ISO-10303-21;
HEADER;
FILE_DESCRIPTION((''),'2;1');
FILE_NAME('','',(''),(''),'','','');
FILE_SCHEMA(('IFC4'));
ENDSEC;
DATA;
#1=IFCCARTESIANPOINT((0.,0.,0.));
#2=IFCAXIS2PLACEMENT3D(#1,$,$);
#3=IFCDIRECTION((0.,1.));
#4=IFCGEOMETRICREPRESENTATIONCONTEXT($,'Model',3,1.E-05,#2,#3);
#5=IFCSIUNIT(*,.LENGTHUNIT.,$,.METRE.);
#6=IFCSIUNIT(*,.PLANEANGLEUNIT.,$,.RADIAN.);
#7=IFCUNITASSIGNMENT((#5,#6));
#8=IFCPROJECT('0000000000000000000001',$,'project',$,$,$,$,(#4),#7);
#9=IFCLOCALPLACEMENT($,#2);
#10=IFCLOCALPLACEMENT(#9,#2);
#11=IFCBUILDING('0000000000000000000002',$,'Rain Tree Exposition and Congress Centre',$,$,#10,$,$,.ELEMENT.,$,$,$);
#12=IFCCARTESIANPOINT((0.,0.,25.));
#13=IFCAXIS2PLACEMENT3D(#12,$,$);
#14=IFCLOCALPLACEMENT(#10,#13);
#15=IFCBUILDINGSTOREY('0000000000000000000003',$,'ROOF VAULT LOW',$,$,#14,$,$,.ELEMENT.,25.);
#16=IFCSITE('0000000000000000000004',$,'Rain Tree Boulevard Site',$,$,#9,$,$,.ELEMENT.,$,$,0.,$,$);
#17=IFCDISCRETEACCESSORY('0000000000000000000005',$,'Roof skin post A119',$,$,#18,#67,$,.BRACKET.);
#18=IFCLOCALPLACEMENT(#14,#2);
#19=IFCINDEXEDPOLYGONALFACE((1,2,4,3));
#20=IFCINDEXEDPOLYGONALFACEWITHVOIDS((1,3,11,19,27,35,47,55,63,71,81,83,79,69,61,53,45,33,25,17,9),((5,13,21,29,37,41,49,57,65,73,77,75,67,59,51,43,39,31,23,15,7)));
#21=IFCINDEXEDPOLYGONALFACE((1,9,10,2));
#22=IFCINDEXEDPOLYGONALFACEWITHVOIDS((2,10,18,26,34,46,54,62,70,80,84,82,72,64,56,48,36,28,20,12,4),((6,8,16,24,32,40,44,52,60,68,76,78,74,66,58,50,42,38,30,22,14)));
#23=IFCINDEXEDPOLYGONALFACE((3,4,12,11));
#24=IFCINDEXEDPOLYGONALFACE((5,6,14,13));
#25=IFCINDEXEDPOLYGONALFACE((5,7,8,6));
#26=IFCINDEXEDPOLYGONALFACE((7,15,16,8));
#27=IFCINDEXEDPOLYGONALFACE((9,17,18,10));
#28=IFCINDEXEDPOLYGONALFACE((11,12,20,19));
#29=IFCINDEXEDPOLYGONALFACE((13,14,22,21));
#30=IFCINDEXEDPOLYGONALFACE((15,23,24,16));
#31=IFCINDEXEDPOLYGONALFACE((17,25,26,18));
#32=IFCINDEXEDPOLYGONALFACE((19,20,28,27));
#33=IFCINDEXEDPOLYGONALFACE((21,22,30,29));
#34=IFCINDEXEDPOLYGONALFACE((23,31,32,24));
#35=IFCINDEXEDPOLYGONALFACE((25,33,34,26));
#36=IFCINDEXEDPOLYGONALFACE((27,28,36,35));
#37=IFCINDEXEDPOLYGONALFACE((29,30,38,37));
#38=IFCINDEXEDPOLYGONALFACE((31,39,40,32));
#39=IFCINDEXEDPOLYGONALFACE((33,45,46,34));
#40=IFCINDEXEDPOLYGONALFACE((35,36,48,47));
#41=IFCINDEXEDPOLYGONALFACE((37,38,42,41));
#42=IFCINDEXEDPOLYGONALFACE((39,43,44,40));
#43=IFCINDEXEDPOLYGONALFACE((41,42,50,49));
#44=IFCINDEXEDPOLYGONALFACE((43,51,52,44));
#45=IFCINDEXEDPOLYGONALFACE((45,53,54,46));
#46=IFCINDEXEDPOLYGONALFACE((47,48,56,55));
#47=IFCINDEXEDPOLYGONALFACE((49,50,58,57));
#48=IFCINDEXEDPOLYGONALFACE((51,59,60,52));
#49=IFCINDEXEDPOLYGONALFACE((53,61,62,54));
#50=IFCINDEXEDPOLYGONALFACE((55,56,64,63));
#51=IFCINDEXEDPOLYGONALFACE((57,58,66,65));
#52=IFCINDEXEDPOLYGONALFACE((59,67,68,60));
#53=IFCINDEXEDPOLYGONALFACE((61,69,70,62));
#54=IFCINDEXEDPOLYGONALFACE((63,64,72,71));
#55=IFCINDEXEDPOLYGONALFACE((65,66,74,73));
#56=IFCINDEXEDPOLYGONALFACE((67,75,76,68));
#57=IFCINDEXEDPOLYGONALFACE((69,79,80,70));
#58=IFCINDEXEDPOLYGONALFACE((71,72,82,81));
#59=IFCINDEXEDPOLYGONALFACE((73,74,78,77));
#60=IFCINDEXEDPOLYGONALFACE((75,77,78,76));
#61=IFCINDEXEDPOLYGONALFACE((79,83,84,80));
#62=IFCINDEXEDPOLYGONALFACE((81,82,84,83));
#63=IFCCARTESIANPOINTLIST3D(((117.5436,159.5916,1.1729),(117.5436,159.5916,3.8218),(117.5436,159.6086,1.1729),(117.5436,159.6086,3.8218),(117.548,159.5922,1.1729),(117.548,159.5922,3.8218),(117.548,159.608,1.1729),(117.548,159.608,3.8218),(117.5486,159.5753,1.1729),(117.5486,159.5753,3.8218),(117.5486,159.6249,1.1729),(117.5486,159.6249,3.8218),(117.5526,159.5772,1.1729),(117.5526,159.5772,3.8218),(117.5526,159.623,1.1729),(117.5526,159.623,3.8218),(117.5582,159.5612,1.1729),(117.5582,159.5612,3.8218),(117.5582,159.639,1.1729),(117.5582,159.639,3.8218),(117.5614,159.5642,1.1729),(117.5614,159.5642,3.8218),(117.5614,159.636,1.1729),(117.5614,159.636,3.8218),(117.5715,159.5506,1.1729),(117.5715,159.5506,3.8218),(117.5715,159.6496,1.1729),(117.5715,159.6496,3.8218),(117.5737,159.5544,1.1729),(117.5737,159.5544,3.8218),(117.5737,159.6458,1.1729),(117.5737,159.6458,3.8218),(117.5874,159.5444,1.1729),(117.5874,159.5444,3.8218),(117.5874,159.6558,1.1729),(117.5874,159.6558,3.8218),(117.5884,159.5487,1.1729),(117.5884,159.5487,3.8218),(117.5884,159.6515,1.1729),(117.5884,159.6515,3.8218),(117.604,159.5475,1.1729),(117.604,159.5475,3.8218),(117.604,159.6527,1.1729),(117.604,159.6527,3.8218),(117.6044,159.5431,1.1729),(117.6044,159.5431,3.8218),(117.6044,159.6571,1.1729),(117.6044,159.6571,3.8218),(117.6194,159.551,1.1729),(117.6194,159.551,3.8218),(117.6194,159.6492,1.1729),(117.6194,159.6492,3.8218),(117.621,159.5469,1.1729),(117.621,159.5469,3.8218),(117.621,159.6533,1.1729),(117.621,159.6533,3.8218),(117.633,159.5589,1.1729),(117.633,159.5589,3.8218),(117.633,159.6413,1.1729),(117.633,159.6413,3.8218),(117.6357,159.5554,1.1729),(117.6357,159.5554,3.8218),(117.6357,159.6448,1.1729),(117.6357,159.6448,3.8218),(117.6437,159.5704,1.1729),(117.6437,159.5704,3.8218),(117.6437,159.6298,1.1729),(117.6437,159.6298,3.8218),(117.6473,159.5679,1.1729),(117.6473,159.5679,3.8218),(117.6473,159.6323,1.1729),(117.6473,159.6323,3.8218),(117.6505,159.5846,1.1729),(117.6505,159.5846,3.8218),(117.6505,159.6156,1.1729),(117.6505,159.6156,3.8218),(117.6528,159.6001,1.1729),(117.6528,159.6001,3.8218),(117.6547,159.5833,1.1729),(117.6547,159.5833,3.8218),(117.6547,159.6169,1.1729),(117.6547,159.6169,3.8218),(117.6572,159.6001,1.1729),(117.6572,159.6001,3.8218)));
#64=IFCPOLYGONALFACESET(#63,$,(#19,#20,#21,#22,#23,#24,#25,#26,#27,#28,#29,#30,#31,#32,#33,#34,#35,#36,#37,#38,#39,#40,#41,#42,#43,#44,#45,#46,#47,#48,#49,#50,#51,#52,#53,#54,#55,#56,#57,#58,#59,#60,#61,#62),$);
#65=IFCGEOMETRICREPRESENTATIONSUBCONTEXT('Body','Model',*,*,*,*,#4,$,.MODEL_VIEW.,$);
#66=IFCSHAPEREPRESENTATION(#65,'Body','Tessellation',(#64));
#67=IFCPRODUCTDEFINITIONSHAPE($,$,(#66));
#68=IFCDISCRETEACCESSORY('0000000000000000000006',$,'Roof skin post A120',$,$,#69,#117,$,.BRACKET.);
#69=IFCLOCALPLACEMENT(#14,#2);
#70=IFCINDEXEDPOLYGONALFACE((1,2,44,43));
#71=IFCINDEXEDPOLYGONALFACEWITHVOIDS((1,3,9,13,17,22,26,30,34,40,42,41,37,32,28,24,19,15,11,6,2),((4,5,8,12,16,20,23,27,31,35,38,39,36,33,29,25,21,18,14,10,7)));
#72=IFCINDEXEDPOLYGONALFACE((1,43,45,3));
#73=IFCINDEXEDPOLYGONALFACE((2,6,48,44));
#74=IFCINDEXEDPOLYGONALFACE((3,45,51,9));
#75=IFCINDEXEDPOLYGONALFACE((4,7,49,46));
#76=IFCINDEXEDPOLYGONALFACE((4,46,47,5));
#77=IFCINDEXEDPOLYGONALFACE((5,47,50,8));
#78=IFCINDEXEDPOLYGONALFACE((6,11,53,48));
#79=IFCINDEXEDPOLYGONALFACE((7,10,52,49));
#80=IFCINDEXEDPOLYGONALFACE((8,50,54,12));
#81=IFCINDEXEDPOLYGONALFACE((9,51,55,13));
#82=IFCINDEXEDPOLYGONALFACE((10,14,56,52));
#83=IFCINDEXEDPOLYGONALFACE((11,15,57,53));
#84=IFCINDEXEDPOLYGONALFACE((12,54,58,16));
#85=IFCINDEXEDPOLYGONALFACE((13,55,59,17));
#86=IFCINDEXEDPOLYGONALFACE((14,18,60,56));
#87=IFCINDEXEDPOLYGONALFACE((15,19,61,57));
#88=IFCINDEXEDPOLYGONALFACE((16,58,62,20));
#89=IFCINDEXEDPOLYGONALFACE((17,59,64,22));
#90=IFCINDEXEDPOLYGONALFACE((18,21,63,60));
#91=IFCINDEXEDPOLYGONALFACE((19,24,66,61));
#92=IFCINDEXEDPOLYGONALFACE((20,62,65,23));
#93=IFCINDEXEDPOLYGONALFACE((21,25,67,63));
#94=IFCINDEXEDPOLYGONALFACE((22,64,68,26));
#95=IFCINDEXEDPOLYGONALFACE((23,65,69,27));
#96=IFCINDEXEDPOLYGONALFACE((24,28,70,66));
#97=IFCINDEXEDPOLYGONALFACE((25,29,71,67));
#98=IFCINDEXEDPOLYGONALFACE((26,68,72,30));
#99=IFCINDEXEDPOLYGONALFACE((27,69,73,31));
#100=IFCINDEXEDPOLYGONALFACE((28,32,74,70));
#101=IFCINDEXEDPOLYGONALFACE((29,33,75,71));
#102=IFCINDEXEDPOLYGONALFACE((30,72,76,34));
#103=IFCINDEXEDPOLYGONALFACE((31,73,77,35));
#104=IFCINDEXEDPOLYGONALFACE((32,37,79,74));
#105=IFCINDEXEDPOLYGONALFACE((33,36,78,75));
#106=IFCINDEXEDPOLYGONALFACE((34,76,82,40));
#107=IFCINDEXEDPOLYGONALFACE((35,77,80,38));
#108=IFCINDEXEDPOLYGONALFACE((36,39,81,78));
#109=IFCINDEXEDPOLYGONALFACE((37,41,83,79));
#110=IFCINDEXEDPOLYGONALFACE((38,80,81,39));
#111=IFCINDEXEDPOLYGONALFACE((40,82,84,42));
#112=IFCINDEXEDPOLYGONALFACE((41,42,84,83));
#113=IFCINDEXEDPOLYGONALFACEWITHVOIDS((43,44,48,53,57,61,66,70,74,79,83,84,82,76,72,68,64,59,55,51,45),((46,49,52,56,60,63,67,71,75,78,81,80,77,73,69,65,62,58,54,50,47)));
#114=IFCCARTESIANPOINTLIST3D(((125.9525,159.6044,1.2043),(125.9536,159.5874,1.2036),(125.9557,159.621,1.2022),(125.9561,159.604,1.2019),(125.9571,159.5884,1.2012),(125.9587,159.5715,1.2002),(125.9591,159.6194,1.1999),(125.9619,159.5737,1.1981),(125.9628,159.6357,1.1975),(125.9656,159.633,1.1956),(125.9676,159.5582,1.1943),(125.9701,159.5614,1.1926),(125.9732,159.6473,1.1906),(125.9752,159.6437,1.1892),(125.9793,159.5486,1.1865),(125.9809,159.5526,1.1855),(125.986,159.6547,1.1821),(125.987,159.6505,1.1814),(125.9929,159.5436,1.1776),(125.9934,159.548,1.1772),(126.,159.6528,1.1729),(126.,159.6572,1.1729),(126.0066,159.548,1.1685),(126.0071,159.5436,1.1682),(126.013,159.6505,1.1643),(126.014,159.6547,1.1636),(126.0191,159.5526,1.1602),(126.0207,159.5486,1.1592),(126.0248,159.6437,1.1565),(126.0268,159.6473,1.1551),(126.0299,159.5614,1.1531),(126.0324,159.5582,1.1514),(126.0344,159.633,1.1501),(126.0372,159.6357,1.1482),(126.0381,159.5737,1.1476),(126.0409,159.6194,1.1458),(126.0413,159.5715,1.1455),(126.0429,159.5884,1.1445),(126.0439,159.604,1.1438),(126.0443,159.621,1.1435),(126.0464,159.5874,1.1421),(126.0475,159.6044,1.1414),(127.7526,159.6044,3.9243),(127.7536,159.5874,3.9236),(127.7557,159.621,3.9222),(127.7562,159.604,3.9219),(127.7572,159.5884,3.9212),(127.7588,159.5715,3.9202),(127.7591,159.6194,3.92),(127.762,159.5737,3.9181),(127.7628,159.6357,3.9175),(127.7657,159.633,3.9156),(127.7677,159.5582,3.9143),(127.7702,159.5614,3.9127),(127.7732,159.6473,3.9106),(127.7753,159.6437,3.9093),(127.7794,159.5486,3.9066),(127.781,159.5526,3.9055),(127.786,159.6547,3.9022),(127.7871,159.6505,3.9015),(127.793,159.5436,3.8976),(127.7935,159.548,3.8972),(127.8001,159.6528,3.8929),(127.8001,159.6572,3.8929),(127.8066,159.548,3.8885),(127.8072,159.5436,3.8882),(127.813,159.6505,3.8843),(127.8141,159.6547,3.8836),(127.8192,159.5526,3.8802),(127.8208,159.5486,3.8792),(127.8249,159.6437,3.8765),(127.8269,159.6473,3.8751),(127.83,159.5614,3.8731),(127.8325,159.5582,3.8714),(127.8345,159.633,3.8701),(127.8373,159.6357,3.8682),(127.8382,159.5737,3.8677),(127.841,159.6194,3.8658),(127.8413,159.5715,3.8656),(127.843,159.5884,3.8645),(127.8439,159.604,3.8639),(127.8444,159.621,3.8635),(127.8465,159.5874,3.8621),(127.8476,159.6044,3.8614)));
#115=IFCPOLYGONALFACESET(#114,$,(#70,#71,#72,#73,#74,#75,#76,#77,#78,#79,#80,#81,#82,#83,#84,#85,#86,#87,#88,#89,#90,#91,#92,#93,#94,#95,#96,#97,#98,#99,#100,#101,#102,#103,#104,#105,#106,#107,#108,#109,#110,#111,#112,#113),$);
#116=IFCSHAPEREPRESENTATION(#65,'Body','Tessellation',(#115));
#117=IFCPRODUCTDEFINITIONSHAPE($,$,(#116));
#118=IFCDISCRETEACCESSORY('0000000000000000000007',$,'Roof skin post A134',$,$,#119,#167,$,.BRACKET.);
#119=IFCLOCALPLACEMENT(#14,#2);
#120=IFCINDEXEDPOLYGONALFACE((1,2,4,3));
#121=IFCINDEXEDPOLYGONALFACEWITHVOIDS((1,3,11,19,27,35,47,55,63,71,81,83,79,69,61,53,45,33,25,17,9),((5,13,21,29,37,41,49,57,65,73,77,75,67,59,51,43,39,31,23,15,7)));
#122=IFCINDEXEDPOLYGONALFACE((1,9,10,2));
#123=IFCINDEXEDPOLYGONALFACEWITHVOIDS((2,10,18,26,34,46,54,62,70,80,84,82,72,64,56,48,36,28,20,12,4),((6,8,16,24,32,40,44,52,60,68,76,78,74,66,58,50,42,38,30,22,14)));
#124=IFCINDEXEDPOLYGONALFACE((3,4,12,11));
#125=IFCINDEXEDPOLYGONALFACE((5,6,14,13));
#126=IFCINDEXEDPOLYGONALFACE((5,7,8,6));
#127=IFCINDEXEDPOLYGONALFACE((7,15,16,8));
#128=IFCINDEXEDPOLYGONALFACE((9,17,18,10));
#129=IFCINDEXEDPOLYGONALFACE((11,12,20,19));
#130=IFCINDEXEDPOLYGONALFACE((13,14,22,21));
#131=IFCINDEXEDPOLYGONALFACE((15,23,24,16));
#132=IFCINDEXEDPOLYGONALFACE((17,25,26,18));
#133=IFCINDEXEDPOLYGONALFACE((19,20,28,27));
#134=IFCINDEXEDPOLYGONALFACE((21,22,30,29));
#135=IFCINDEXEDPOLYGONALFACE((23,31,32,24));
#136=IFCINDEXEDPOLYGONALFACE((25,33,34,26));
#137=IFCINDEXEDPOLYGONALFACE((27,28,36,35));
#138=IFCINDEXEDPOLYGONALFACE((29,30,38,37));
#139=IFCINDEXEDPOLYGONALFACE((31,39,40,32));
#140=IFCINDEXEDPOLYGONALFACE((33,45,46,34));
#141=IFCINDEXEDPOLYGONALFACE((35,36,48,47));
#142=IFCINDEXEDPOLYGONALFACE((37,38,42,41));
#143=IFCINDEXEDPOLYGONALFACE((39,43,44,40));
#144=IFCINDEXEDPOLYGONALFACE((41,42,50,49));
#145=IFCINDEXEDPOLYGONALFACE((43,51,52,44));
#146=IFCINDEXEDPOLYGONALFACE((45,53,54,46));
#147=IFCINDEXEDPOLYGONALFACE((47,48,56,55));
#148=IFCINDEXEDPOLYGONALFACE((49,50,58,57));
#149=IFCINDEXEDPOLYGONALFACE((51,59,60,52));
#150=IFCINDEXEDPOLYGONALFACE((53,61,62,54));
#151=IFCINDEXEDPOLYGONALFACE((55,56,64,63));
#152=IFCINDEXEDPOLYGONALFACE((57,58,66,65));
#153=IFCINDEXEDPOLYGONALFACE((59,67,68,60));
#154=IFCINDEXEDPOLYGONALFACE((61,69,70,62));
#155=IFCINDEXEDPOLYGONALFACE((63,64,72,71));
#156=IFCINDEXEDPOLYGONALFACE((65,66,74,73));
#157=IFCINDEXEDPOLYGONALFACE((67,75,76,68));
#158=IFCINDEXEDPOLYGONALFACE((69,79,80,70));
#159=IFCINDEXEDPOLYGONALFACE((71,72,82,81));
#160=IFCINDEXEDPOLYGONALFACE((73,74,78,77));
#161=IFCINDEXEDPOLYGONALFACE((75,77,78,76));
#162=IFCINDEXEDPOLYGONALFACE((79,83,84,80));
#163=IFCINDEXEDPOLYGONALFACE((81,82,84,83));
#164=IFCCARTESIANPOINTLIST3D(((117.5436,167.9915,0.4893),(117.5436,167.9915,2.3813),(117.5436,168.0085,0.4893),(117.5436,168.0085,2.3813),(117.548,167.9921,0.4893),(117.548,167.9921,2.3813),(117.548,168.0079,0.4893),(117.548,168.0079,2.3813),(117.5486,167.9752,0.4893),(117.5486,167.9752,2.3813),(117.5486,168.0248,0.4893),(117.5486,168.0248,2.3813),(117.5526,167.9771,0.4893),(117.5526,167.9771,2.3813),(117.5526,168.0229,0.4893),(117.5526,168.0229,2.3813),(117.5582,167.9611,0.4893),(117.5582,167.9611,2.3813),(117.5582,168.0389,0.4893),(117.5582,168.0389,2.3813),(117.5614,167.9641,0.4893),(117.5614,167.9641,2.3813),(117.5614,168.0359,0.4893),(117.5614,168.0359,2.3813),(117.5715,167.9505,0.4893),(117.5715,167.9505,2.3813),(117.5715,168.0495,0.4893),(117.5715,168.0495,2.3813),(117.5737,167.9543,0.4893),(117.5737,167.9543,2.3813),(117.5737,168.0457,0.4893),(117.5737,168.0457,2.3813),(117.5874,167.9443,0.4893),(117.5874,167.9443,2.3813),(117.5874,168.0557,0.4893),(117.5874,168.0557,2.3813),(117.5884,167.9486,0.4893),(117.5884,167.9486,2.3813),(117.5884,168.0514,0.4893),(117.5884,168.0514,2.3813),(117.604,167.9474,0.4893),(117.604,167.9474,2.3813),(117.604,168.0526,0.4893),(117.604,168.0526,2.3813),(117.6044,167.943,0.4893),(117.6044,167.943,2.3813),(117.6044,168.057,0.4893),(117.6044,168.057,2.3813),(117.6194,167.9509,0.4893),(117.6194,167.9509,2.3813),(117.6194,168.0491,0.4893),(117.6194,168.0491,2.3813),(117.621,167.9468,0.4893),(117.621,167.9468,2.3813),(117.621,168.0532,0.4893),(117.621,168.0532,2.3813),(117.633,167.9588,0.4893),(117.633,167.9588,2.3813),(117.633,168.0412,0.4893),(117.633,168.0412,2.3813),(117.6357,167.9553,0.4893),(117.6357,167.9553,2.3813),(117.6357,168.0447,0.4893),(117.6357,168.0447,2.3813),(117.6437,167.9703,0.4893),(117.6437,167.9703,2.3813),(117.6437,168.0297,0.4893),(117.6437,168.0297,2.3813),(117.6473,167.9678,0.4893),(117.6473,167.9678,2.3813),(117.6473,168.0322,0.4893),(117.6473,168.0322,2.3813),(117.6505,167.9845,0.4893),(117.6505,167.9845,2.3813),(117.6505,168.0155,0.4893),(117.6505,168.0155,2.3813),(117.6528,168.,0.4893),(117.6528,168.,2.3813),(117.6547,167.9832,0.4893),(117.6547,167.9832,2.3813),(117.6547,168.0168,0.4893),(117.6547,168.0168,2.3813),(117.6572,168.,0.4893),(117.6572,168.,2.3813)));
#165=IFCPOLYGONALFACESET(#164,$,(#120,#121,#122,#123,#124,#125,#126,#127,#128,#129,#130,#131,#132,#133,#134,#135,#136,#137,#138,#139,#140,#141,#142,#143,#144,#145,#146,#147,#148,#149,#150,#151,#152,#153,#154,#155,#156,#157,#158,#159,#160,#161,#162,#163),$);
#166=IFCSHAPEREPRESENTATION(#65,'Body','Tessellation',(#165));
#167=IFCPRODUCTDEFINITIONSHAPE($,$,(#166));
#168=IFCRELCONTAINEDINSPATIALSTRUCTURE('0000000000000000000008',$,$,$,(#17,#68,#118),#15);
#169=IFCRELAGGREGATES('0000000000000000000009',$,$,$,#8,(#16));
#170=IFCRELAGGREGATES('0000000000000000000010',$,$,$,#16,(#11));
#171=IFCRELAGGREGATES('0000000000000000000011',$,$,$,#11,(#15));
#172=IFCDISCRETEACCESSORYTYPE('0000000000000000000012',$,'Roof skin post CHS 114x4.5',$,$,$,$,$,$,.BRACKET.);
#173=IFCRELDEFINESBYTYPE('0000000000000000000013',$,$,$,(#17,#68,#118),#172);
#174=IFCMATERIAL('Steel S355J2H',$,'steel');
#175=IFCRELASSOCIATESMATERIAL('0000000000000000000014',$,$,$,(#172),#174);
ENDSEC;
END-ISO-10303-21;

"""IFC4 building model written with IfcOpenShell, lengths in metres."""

from ifc_helpers import new_model, si_unit, direction, frame, origin, origin_2d, place, context, subcontext, project, spatial, hollow_circle, extrude, material, material_profile, profile_set, type_object, element, save


model = new_model("IFC4")

# Units and contexts
model_context = context("Model", 3, precision=1e-05, world=origin(), true_north=direction((0.0, 1.0)))
body_context = subcontext(model_context, "Body", "Model", "MODEL_VIEW")
ifc_project = project(units=[si_unit("LENGTHUNIT", "METRE"), si_unit("PLANEANGLEUNIT", "RADIAN")], contexts=[model_context])

# Site, building, storey
site_placement = place(None, origin())
site = spatial("IfcSite", under=ifc_project, at=site_placement, Name="Rain Tree Boulevard Site", CompositionType="ELEMENT", RefElevation=0.0)
building_placement = place(site_placement, origin())
building = spatial("IfcBuilding", under=site, at=building_placement, Name="Rain Tree Exposition and Congress Centre", CompositionType="ELEMENT")
storey_placement = place(building_placement, frame((0.0, 0.0, 25.0)))
storey = spatial("IfcBuildingStorey", under=building, at=storey_placement, Name="ROOF VAULT LOW", CompositionType="ELEMENT", Elevation=25.0)

# Discrete accessories
ifc_material_1 = material(Name="Steel S355J2H", Category="steel")
ifc_material_profile_1 = material_profile(ifc_material_1, hollow_circle(Radius=0.0571, WallThickness=0.0044, at=origin_2d()), Name="CHS 114x4.5")
ifc_profile_set_1 = profile_set([ifc_material_profile_1], Name="Steel S355J2H")
discrete_accessory_type = type_object("IfcDiscreteAccessoryType", Name="Roof skin post CHS 114x4.5", PredefinedType="BRACKET", material=ifc_profile_set_1)
discrete_accessory_1_placement = place(storey_placement, frame((117.6001, 159.6001, 1.1729), z_axis=(0.0, 0.0, 1.0), x_axis=(1.0, 0.0, 0.0)))
element("IfcDiscreteAccessory", 1, at=discrete_accessory_1_placement, inside=storey, type_object=discrete_accessory_type, Name="Roof skin post A119", PredefinedType="BRACKET", context=body_context, shape_type="SweptSolid", body=[
    extrude(hollow_circle(Radius=0.0571, WallThickness=0.0044, at=origin_2d()), origin(), (0.0, 0.0, 1.0), 2.6489),
])
discrete_accessory_2_placement = place(storey_placement, frame((126.0, 159.6001, 1.1729), z_axis=(0.551881, 0.0, 0.833923), x_axis=(0.0, 1.0, 0.0)))
element("IfcDiscreteAccessory", 2, at=discrete_accessory_2_placement, inside=storey, type_object=discrete_accessory_type, Name="Roof skin post A120", PredefinedType="BRACKET", context=body_context, shape_type="SweptSolid", body=[
    extrude(hollow_circle(Radius=0.0571, WallThickness=0.0044, at=origin_2d()), origin(), (0.0, 0.0, 1.0), 3.2617),
])
discrete_accessory_3_placement = place(storey_placement, frame((117.6001, 168.0, 0.4893), z_axis=(0.0, 0.0, 1.0), x_axis=(1.0, 0.0, 0.0)))
element("IfcDiscreteAccessory", 3, at=discrete_accessory_3_placement, inside=storey, type_object=discrete_accessory_type, Name="Roof skin post A134", PredefinedType="BRACKET", context=body_context, shape_type="SweptSolid", body=[
    extrude(hollow_circle(Radius=0.0571, WallThickness=0.0044, at=origin_2d()), origin(), (0.0, 0.0, 1.0), 1.8921),
])

save(model, "model.ifc")
